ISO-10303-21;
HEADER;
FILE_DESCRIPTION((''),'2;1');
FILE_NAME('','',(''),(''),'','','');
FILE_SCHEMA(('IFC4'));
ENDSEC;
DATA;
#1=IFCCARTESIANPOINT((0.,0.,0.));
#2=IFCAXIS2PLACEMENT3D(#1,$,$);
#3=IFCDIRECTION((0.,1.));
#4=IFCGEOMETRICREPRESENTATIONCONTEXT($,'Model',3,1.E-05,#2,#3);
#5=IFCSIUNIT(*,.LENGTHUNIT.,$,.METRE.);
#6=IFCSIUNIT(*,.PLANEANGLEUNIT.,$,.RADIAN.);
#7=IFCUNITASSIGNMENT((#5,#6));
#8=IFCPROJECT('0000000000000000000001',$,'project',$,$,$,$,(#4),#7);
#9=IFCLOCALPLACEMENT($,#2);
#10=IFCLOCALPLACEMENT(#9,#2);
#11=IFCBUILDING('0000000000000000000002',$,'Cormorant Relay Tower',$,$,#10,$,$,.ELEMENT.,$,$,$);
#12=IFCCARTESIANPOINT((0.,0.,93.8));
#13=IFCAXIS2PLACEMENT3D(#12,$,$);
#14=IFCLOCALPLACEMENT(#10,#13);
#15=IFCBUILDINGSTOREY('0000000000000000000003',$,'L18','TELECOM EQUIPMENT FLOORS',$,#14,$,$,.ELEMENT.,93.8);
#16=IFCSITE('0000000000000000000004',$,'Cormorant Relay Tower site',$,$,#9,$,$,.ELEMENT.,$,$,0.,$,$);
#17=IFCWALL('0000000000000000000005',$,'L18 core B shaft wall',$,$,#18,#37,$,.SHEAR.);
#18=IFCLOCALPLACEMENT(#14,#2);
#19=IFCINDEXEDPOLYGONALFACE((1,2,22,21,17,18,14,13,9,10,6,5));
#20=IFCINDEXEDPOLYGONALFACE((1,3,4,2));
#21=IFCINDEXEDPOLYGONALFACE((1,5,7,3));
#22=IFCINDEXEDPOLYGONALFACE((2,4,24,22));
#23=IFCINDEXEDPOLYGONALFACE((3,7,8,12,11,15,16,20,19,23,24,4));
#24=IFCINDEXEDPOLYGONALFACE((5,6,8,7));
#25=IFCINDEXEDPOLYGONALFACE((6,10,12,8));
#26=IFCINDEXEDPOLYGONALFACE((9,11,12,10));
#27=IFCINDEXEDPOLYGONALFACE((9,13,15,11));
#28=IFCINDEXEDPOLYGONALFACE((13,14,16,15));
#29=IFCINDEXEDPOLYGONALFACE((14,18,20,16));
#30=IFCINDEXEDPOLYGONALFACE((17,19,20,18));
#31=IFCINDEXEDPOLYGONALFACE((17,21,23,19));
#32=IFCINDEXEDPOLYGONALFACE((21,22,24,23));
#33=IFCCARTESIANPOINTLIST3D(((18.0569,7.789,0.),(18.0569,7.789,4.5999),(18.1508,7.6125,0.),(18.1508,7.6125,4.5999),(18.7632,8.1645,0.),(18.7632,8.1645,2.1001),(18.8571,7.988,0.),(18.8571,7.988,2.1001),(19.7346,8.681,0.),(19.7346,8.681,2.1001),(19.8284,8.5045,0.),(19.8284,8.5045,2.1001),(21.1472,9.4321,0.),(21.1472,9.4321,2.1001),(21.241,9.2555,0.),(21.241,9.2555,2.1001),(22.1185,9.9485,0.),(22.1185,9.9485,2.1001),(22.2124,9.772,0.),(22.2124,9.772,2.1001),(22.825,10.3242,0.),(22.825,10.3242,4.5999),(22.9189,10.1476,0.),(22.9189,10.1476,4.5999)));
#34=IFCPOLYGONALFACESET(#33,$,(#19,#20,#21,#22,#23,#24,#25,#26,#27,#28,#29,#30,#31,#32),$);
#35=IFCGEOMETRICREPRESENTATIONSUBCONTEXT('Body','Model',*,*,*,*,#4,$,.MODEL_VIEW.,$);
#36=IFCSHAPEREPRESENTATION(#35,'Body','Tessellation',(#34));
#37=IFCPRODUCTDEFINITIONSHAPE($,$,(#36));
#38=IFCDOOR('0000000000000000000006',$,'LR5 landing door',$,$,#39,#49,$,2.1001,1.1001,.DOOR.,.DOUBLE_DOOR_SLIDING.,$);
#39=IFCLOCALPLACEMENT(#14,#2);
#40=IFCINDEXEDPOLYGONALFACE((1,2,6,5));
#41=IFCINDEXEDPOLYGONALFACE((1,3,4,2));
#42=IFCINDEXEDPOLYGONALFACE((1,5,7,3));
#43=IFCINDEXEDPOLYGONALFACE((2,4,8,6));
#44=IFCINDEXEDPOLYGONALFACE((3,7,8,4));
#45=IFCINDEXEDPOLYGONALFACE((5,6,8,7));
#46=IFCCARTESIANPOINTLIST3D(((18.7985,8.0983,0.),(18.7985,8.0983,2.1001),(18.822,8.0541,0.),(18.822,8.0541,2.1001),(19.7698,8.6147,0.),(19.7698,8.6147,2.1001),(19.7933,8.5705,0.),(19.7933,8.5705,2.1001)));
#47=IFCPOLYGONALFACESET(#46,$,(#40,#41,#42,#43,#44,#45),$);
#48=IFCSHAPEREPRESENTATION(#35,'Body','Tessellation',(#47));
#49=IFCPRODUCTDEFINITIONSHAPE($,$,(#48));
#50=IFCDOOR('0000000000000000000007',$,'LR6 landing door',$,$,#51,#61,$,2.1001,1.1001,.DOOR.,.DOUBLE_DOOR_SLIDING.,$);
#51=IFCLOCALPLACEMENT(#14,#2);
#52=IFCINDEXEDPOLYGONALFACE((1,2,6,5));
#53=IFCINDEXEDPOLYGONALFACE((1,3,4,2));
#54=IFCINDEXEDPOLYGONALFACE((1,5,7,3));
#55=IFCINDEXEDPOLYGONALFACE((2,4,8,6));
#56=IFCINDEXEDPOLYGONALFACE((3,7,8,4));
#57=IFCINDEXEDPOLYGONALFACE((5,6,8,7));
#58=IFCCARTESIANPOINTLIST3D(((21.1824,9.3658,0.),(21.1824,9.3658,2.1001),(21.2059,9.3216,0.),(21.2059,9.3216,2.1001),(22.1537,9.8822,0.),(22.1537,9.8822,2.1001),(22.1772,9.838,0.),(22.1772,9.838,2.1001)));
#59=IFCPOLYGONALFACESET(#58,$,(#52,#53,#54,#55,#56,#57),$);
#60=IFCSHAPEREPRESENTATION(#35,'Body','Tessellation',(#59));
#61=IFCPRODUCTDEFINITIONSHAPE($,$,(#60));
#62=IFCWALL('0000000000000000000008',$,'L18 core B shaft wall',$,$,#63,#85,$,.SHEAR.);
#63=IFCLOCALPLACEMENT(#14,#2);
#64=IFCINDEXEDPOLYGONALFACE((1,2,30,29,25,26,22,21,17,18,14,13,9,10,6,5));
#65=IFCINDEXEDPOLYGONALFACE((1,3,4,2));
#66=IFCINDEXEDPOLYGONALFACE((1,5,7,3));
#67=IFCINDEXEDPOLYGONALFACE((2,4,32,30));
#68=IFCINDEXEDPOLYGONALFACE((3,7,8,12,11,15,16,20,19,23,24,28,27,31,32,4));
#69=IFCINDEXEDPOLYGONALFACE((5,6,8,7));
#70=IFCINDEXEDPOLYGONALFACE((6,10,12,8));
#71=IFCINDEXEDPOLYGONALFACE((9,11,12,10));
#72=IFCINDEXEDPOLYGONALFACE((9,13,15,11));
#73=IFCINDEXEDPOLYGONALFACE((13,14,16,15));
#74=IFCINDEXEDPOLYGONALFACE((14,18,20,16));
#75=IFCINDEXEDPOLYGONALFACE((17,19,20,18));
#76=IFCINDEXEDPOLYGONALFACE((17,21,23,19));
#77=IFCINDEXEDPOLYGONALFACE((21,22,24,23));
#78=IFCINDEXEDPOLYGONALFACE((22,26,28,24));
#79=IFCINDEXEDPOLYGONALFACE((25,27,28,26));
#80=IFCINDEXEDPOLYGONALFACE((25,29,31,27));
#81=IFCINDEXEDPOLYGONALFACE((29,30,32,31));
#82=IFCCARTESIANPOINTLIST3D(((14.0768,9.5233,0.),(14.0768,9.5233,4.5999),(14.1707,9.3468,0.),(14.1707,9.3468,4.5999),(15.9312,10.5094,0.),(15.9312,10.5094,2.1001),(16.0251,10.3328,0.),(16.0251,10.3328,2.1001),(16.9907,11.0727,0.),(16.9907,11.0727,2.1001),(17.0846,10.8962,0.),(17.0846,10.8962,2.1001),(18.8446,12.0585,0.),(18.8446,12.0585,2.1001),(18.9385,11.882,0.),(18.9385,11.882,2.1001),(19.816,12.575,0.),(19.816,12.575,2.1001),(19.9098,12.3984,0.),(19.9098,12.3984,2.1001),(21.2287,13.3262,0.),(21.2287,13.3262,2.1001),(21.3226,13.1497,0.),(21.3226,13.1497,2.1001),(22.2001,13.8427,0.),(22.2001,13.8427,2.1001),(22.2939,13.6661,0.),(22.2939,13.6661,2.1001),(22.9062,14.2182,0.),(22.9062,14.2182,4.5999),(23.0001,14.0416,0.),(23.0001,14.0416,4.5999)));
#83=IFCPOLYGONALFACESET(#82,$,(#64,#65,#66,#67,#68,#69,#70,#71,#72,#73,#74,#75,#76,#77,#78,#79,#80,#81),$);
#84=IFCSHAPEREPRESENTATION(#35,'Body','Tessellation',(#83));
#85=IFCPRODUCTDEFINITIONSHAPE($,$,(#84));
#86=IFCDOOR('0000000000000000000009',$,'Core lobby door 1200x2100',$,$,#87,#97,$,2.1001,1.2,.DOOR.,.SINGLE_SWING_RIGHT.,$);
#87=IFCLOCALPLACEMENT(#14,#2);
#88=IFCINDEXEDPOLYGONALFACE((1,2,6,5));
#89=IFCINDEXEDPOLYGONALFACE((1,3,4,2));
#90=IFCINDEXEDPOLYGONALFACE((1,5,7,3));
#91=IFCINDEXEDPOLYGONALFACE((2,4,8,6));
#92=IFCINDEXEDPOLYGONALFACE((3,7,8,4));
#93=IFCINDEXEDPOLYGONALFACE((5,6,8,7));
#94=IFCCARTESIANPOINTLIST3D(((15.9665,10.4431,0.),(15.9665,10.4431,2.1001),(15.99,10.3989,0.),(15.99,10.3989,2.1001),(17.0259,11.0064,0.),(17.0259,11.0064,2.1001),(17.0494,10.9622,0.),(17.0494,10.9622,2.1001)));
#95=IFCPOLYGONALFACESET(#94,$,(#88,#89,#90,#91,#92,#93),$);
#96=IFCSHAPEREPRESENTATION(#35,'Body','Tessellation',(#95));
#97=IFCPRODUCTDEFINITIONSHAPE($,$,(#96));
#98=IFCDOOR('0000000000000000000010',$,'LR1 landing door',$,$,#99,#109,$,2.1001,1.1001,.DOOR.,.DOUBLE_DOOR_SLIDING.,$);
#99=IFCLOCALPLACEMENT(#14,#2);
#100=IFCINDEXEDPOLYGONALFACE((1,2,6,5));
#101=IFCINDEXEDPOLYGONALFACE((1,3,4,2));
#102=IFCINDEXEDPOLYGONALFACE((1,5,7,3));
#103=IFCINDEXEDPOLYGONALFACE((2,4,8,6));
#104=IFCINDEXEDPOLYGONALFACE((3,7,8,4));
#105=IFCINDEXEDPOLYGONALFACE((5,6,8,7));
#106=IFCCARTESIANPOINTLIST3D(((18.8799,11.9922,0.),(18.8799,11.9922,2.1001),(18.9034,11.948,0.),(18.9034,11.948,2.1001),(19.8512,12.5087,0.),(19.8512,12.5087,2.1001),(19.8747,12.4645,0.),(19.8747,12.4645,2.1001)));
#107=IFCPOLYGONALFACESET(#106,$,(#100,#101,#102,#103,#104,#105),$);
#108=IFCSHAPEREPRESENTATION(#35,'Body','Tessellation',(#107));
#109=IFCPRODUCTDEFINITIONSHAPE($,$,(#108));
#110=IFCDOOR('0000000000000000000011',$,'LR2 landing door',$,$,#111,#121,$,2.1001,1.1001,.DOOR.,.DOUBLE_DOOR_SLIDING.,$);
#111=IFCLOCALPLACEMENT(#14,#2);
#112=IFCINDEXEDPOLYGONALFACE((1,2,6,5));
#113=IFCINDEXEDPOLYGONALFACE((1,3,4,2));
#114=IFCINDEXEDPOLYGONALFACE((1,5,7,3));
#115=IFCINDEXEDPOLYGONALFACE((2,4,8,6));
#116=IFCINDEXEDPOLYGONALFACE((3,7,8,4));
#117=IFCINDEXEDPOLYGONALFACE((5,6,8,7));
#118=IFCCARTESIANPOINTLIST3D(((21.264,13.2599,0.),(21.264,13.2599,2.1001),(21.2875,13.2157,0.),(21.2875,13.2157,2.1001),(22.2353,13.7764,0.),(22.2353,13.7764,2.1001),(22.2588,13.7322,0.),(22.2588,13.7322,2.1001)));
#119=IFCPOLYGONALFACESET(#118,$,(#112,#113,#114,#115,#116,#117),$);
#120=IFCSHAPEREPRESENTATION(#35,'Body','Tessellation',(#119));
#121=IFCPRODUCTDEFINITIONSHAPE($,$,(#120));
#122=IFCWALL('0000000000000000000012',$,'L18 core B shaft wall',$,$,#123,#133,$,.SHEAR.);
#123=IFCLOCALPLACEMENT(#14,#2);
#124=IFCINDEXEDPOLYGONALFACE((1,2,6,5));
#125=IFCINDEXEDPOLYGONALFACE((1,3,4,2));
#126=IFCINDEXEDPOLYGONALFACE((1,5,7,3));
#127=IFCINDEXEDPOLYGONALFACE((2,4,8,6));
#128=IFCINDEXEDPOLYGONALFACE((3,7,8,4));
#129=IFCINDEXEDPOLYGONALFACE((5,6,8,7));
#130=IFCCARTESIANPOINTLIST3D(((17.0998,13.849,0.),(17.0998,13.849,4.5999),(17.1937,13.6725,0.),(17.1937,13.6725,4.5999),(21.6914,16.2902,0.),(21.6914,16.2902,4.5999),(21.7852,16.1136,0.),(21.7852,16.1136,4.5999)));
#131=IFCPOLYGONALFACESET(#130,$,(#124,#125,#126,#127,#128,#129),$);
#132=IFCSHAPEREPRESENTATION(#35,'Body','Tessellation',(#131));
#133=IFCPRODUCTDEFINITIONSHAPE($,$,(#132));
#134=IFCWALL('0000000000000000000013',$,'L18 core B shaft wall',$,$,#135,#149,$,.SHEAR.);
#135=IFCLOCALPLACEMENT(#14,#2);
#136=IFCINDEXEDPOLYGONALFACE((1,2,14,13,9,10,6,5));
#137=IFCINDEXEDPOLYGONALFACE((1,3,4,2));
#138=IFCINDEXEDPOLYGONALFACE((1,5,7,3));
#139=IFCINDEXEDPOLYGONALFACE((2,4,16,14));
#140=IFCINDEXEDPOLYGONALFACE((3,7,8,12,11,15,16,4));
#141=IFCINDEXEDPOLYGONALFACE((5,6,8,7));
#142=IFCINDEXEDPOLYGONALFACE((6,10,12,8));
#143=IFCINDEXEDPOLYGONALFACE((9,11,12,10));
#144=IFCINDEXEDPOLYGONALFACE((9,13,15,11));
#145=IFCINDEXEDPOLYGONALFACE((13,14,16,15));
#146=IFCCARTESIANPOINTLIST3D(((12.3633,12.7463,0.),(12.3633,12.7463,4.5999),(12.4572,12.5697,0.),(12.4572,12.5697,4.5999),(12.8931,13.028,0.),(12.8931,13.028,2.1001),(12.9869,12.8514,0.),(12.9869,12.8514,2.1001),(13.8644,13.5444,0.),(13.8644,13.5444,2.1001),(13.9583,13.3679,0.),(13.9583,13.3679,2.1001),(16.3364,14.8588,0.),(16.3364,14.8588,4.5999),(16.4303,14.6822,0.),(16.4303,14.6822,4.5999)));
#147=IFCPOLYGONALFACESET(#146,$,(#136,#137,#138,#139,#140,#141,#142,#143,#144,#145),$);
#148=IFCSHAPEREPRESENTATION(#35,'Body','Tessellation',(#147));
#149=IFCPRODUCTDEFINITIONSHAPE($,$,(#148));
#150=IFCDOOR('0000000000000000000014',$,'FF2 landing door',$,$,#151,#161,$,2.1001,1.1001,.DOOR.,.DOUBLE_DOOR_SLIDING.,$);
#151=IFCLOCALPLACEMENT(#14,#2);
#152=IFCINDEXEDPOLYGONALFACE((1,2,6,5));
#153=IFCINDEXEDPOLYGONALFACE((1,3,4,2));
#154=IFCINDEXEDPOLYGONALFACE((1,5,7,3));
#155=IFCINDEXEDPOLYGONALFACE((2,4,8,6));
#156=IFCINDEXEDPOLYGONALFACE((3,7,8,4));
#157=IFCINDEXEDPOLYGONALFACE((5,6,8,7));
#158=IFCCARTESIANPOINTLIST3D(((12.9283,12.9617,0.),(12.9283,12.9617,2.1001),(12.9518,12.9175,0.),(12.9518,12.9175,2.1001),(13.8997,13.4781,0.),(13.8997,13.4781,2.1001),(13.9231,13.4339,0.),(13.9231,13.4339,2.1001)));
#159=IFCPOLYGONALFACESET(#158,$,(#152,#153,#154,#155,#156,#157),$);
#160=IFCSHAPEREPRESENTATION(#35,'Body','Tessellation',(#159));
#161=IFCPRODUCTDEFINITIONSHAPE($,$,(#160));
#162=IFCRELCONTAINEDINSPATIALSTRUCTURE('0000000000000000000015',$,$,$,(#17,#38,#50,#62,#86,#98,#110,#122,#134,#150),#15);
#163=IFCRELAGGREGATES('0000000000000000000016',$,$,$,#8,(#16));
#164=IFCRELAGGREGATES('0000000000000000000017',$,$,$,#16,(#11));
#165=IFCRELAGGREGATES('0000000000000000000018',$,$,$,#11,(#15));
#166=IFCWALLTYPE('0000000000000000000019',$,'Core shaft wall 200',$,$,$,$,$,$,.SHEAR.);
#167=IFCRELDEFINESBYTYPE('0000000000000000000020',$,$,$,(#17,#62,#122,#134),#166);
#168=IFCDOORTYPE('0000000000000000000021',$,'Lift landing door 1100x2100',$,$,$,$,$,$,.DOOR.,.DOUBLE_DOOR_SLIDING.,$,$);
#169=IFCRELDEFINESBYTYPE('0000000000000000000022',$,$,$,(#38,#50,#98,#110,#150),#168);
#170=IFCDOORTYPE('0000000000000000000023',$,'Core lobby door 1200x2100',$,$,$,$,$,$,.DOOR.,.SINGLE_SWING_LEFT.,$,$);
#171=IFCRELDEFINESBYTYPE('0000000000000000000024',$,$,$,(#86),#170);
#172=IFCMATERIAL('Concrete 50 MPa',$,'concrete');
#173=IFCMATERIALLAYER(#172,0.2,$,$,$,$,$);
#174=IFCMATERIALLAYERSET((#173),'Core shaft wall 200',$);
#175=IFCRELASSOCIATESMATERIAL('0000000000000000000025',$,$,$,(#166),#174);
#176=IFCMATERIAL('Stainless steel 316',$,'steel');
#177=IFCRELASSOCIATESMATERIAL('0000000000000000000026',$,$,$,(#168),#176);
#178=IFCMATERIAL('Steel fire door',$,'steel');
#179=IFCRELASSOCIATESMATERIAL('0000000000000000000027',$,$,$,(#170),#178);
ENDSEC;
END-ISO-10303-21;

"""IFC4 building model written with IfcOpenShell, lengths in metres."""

from ifc_helpers import new_model, si_unit, direction, frame, frame_2d, origin, place, context, subcontext, project, spatial, rectangle, extrude, material, layer, layer_set, type_object, element, fill, save


model = new_model("IFC4")

# Units and contexts
model_context = context("Model", 3, precision=1e-05, world=origin(), true_north=direction((0.0, 1.0)))
body_context = subcontext(model_context, "Body", "Model", "MODEL_VIEW")
ifc_project = project(units=[si_unit("LENGTHUNIT", "METRE"), si_unit("PLANEANGLEUNIT", "RADIAN")], contexts=[model_context])

# Site, building, storey
site_placement = place(None, origin())
site = spatial("IfcSite", under=ifc_project, at=site_placement, Name="Cormorant Relay Tower site", CompositionType="ELEMENT", RefElevation=0.0)
building_placement = place(site_placement, origin())
building = spatial("IfcBuilding", under=site, at=building_placement, Name="Cormorant Relay Tower", CompositionType="ELEMENT")
storey_placement = place(building_placement, frame((0.0, 0.0, 93.8)))
storey = spatial("IfcBuildingStorey", under=building, at=storey_placement, Name="L18", Description="TELECOM EQUIPMENT FLOORS", CompositionType="ELEMENT", Elevation=93.8)

# Shared definitions
ifc_material_1 = material(Name="Concrete 50 MPa", Category="concrete")
ifc_layer_1 = layer(ifc_material_1, 0.2)
ifc_layer_set_1 = layer_set([ifc_layer_1], Name="Core shaft wall 200")
wall_type_1 = type_object("IfcWallType", Name="Core shaft wall 200", PredefinedType="SHEAR", material=ifc_layer_set_1)

# Walls, openings, doors
wall_1_placement = place(storey_placement, frame((18.1038, 7.7007, 0.0), z_axis=(0.0, 0.0, 1.0), x_axis=(0.882953, 0.469462, 0.0)))
wall_1 = element("IfcWall", 1, at=wall_1_placement, inside=storey, type_object=wall_type_1, Name="L18 core B shaft wall", PredefinedType="SHEAR", context=body_context, shape_type="SweptSolid", body=[
    extrude(rectangle(XDim=5.4001, YDim=0.2, at=frame_2d((2.7002, 0.0))), origin(), (0.0, 0.0, 1.0), 4.5999),
])
opening_1_placement = place(wall_1_placement, frame((0.8, 0.0, 0.0)))
opening_1 = element("IfcOpeningElement", 2, at=opening_1_placement, cuts=wall_1, PredefinedType="OPENING", context=body_context, shape_type="SweptSolid", body=[
    extrude(rectangle(XDim=1.1001, YDim=2.1001, at=frame_2d((0.55, 1.05))), frame((0.0, 0.1099, 0.0), z_axis=(0.0, -1.0, 0.0), x_axis=(1.0, 0.0, 0.0)), (0.0, 0.0, 1.0), 0.22),
])
opening_2_placement = place(wall_1_placement, frame((3.5, 0.0, 0.0)))
opening_2 = element("IfcOpeningElement", 3, at=opening_2_placement, cuts=wall_1, PredefinedType="OPENING", context=body_context, shape_type="SweptSolid", body=[
    extrude(rectangle(XDim=1.1001, YDim=2.1001, at=frame_2d((0.55, 1.05))), frame((0.0, 0.1099, 0.0), z_axis=(0.0, -1.0, 0.0), x_axis=(1.0, 0.0, 0.0)), (0.0, 0.0, 1.0), 0.22),
])
ifc_material_2 = material(Name="Stainless steel 316", Category="steel")
door_type_1 = type_object("IfcDoorType", Name="Lift landing door 1100x2100", OperationType="DOUBLE_DOOR_SLIDING", PredefinedType="DOOR", material=ifc_material_2)
door_1_placement = place(opening_1_placement, origin())
door_1 = element("IfcDoor", 4, at=door_1_placement, inside=storey, type_object=door_type_1, Name="LR5 landing door", OperationType="DOUBLE_DOOR_SLIDING", OverallHeight=2.1001, OverallWidth=1.1001, PredefinedType="DOOR", context=body_context, shape_type="SweptSolid", body=[
    extrude(rectangle(XDim=1.1001, YDim=2.1001, at=frame_2d((0.55, 1.05))), frame((0.0, 0.0249, 0.0), z_axis=(0.0, -1.0, 0.0), x_axis=(1.0, 0.0, 0.0)), (0.0, 0.0, 1.0), 0.05),
])
fill(opening_1, door_1)
door_2_placement = place(opening_2_placement, origin())
door_2 = element("IfcDoor", 5, at=door_2_placement, inside=storey, type_object=door_type_1, Name="LR6 landing door", OperationType="DOUBLE_DOOR_SLIDING", OverallHeight=2.1001, OverallWidth=1.1001, PredefinedType="DOOR", context=body_context, shape_type="SweptSolid", body=[
    extrude(rectangle(XDim=1.1001, YDim=2.1001, at=frame_2d((0.55, 1.05))), frame((0.0, 0.0249, 0.0), z_axis=(0.0, -1.0, 0.0), x_axis=(1.0, 0.0, 0.0)), (0.0, 0.0, 1.0), 0.05),
])
fill(opening_2, door_2)
wall_2_placement = place(storey_placement, frame((14.1238, 9.4351, 0.0), z_axis=(0.0, 0.0, 1.0), x_axis=(0.88294, 0.469485, 0.0)))
wall_2 = element("IfcWall", 6, at=wall_2_placement, inside=storey, type_object=wall_type_1, Name="L18 core B shaft wall", PredefinedType="SHEAR", context=body_context, shape_type="SweptSolid", body=[
    extrude(rectangle(XDim=10.0, YDim=0.2, at=frame_2d((5.0, 0.0))), origin(), (0.0, 0.0, 1.0), 4.5999),
])
opening_3_placement = place(wall_2_placement, frame((2.1001, 0.0, 0.0)))
opening_3 = element("IfcOpeningElement", 7, at=opening_3_placement, cuts=wall_2, PredefinedType="OPENING", context=body_context, shape_type="SweptSolid", body=[
    extrude(rectangle(XDim=1.2, YDim=2.1001, at=frame_2d((0.6001, 1.05))), frame((0.0, 0.1099, 0.0), z_axis=(0.0, -1.0, 0.0), x_axis=(1.0, 0.0, 0.0)), (0.0, 0.0, 1.0), 0.22),
])
opening_4_placement = place(wall_2_placement, frame((5.3999, 0.0, 0.0)))
opening_4 = element("IfcOpeningElement", 8, at=opening_4_placement, cuts=wall_2, PredefinedType="OPENING", context=body_context, shape_type="SweptSolid", body=[
    extrude(rectangle(XDim=1.1001, YDim=2.1001, at=frame_2d((0.55, 1.05))), frame((0.0, 0.1099, 0.0), z_axis=(0.0, -1.0, 0.0), x_axis=(1.0, 0.0, 0.0)), (0.0, 0.0, 1.0), 0.22),
])
opening_5_placement = place(wall_2_placement, frame((8.1001, 0.0, 0.0)))
opening_5 = element("IfcOpeningElement", 9, at=opening_5_placement, cuts=wall_2, PredefinedType="OPENING", context=body_context, shape_type="SweptSolid", body=[
    extrude(rectangle(XDim=1.1001, YDim=2.1001, at=frame_2d((0.55, 1.05))), frame((0.0, 0.1099, 0.0), z_axis=(0.0, -1.0, 0.0), x_axis=(1.0, 0.0, 0.0)), (0.0, 0.0, 1.0), 0.22),
])
ifc_material_3 = material(Name="Steel fire door", Category="steel")
door_type_2 = type_object("IfcDoorType", Name="Core lobby door 1200x2100", OperationType="SINGLE_SWING_LEFT", PredefinedType="DOOR", material=ifc_material_3)
door_3_placement = place(opening_3_placement, origin())
door_3 = element("IfcDoor", 10, at=door_3_placement, inside=storey, type_object=door_type_2, Name="Core lobby door 1200x2100", OperationType="SINGLE_SWING_RIGHT", OverallHeight=2.1001, OverallWidth=1.2, PredefinedType="DOOR", context=body_context, shape_type="SweptSolid", body=[
    extrude(rectangle(XDim=1.2, YDim=2.1001, at=frame_2d((0.6001, 1.05))), frame((0.0, 0.0249, 0.0), z_axis=(0.0, -1.0, 0.0), x_axis=(1.0, 0.0, 0.0)), (0.0, 0.0, 1.0), 0.05),
])
fill(opening_3, door_3)
door_4_placement = place(opening_4_placement, origin())
door_4 = element("IfcDoor", 11, at=door_4_placement, inside=storey, type_object=door_type_1, Name="LR1 landing door", OperationType="DOUBLE_DOOR_SLIDING", OverallHeight=2.1001, OverallWidth=1.1001, PredefinedType="DOOR", context=body_context, shape_type="SweptSolid", body=[
    extrude(rectangle(XDim=1.1001, YDim=2.1001, at=frame_2d((0.55, 1.05))), frame((0.0, 0.0249, 0.0), z_axis=(0.0, -1.0, 0.0), x_axis=(1.0, 0.0, 0.0)), (0.0, 0.0, 1.0), 0.05),
])
fill(opening_4, door_4)
door_5_placement = place(opening_5_placement, origin())
door_5 = element("IfcDoor", 12, at=door_5_placement, inside=storey, type_object=door_type_1, Name="LR2 landing door", OperationType="DOUBLE_DOOR_SLIDING", OverallHeight=2.1001, OverallWidth=1.1001, PredefinedType="DOOR", context=body_context, shape_type="SweptSolid", body=[
    extrude(rectangle(XDim=1.1001, YDim=2.1001, at=frame_2d((0.55, 1.05))), frame((0.0, 0.0249, 0.0), z_axis=(0.0, -1.0, 0.0), x_axis=(1.0, 0.0, 0.0)), (0.0, 0.0, 1.0), 0.05),
])
fill(opening_5, door_5)

# Wall
wall_3_placement = place(storey_placement, frame((17.1467, 13.7607, 0.0), z_axis=(0.0, 0.0, 1.0), x_axis=(0.882964, 0.46944, 0.0)))
element("IfcWall", 13, at=wall_3_placement, inside=storey, type_object=wall_type_1, Name="L18 core B shaft wall", PredefinedType="SHEAR", context=body_context, shape_type="SweptSolid", body=[
    extrude(rectangle(XDim=5.2002, YDim=0.2, at=frame_2d((2.6001, 0.0))), origin(), (0.0, 0.0, 1.0), 4.5999),
])

# Wall, opening, door
wall_4_placement = place(storey_placement, frame((12.4102, 12.658, 0.0), z_axis=(0.0, 0.0, 1.0), x_axis=(0.882948, 0.46947, 0.0)))
wall_4 = element("IfcWall", 14, at=wall_4_placement, inside=storey, type_object=wall_type_1, Name="L18 core B shaft wall", PredefinedType="SHEAR", context=body_context, shape_type="SweptSolid", body=[
    extrude(rectangle(XDim=4.4998, YDim=0.2, at=frame_2d((2.25, 0.0))), origin(), (0.0, 0.0, 1.0), 4.5999),
])
opening_6_placement = place(wall_4_placement, frame((0.6001, 0.0, 0.0)))
opening_6 = element("IfcOpeningElement", 15, at=opening_6_placement, cuts=wall_4, PredefinedType="OPENING", context=body_context, shape_type="SweptSolid", body=[
    extrude(rectangle(XDim=1.1001, YDim=2.1001, at=frame_2d((0.55, 1.05))), frame((0.0, 0.1099, 0.0), z_axis=(0.0, -1.0, 0.0), x_axis=(1.0, 0.0, 0.0)), (0.0, 0.0, 1.0), 0.22),
])
door_6_placement = place(opening_6_placement, origin())
door_6 = element("IfcDoor", 16, at=door_6_placement, inside=storey, type_object=door_type_1, Name="FF2 landing door", OperationType="DOUBLE_DOOR_SLIDING", OverallHeight=2.1001, OverallWidth=1.1001, PredefinedType="DOOR", context=body_context, shape_type="SweptSolid", body=[
    extrude(rectangle(XDim=1.1001, YDim=2.1001, at=frame_2d((0.55, 1.05))), frame((0.0, 0.0249, 0.0), z_axis=(0.0, -1.0, 0.0), x_axis=(1.0, 0.0, 0.0)), (0.0, 0.0, 1.0), 0.05),
])
fill(opening_6, door_6)

save(model, "model.ifc")
